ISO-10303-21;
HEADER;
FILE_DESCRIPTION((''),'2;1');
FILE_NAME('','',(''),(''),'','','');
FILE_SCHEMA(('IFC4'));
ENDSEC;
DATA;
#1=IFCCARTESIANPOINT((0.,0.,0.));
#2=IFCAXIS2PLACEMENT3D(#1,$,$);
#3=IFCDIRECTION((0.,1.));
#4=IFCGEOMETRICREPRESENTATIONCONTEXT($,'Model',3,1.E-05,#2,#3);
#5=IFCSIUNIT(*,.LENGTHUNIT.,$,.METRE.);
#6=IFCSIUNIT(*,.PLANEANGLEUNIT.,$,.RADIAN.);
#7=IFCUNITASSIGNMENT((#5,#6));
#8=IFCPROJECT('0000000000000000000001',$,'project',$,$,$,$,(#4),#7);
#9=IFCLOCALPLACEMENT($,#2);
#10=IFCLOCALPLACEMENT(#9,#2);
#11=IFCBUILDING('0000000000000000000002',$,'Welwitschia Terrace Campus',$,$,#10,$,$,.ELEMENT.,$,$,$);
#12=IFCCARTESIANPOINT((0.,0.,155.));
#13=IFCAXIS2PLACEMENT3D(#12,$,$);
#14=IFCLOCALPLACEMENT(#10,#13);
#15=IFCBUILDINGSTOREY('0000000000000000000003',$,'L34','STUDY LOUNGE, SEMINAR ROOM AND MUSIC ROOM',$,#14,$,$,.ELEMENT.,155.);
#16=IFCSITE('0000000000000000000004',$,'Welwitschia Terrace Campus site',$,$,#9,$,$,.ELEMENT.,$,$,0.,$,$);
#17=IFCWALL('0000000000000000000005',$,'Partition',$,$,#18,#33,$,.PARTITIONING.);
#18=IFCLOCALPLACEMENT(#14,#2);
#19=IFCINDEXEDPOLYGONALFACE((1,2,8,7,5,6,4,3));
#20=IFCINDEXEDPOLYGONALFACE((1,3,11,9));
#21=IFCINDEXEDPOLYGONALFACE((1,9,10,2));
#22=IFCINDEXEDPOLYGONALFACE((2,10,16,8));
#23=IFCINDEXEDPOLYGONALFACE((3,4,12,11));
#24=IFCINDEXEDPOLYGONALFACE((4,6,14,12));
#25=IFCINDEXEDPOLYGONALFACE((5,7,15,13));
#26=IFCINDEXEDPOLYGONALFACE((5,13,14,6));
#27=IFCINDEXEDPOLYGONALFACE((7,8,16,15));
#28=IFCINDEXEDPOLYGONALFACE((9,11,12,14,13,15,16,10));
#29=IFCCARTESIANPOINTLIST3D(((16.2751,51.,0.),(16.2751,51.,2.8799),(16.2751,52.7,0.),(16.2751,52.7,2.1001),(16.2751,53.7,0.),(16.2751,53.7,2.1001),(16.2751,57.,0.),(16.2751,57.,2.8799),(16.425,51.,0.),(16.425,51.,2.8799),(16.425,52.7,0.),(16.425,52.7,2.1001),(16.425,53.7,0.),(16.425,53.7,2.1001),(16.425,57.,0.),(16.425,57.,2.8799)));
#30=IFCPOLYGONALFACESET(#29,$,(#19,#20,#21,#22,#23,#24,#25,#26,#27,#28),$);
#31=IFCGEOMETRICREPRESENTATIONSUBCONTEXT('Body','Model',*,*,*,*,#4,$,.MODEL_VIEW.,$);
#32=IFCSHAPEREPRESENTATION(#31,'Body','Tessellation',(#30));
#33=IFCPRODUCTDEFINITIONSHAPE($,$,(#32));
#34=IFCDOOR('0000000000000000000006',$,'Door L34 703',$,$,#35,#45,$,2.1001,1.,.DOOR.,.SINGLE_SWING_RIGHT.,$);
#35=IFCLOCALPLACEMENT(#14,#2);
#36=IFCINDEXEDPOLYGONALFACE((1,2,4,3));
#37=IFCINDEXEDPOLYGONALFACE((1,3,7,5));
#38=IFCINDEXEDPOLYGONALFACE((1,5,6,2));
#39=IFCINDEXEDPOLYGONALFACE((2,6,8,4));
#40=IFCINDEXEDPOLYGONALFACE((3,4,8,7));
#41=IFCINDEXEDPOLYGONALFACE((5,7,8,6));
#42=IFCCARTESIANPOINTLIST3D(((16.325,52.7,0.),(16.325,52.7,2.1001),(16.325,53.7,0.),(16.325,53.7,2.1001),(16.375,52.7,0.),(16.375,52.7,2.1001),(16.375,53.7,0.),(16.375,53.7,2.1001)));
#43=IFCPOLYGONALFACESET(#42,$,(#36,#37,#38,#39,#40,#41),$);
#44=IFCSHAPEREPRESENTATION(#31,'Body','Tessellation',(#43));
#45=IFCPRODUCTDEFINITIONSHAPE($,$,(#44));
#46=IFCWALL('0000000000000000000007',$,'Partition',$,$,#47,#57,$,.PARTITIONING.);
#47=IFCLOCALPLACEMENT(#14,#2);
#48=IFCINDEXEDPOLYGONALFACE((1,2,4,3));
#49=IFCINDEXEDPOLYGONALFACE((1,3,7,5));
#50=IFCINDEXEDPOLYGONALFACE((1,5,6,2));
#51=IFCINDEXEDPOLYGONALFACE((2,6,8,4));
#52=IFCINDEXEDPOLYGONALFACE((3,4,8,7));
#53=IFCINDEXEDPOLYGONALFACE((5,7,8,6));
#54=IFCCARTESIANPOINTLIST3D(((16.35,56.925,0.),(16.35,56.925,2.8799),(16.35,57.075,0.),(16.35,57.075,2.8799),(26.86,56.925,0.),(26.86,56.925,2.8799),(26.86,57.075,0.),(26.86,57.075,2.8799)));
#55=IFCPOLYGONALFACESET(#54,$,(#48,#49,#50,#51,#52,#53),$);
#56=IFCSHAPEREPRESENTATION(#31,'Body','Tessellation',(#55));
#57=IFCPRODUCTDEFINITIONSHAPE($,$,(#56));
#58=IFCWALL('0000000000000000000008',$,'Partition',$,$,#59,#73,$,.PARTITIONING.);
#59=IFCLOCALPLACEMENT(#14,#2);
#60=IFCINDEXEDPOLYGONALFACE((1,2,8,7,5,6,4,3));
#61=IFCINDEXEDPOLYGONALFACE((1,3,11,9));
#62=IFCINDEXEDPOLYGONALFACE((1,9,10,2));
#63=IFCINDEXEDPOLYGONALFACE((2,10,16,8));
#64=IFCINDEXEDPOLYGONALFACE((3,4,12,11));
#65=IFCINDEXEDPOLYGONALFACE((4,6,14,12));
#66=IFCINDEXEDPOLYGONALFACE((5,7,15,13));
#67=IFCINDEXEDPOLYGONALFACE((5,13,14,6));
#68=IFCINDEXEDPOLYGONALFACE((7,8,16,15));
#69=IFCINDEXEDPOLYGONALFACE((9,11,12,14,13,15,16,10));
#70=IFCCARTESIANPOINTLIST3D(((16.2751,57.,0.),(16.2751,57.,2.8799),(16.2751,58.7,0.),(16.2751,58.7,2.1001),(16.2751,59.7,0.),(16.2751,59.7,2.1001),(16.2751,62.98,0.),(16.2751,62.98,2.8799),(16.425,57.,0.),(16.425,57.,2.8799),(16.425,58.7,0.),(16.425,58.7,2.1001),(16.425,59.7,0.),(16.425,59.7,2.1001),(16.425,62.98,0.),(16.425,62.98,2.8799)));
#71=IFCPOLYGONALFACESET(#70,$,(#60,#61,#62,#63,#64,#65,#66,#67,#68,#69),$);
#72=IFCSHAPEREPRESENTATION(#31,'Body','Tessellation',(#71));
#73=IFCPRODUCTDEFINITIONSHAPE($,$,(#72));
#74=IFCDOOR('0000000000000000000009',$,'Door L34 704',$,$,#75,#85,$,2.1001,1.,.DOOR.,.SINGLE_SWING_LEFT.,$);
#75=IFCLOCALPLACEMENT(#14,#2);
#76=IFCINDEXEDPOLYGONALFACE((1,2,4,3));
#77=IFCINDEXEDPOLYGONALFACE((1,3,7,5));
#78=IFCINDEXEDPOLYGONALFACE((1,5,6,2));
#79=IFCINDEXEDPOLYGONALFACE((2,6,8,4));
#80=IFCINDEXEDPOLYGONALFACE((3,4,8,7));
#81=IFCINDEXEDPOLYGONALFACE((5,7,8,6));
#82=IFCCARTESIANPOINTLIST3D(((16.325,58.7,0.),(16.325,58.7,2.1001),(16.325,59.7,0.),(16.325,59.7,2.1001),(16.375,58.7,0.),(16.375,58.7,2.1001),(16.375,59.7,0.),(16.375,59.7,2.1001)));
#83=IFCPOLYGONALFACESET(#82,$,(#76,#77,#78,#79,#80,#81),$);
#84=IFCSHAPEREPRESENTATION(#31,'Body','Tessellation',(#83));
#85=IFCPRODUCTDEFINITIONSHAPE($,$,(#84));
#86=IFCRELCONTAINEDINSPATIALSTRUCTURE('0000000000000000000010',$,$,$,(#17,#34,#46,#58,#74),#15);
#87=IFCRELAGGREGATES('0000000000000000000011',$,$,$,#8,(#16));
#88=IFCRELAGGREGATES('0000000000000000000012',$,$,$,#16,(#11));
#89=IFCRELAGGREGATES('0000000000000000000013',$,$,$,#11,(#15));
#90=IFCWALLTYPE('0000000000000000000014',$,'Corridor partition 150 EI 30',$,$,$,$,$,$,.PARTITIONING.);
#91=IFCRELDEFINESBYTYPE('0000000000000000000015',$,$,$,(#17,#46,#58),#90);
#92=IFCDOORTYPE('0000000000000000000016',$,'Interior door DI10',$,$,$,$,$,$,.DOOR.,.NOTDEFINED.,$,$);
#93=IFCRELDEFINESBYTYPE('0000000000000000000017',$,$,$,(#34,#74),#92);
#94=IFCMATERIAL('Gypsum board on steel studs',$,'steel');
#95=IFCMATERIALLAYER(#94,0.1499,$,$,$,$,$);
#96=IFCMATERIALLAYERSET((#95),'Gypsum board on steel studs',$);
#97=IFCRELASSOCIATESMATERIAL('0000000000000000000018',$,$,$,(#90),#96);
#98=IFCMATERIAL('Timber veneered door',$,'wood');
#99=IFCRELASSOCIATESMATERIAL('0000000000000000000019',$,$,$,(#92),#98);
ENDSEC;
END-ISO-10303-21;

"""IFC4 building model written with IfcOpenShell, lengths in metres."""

from ifc_helpers import new_model, si_unit, direction, frame, frame_2d, origin, place, context, subcontext, project, spatial, rectangle, extrude, material, layer, layer_set, type_object, element, fill, save


model = new_model("IFC4")

# Units and contexts
model_context = context("Model", 3, precision=1e-05, world=origin(), true_north=direction((0.0, 1.0)))
body_context = subcontext(model_context, "Body", "Model", "MODEL_VIEW")
ifc_project = project(units=[si_unit("LENGTHUNIT", "METRE"), si_unit("PLANEANGLEUNIT", "RADIAN")], contexts=[model_context])

# Site, building, storey
site_placement = place(None, origin())
site = spatial("IfcSite", under=ifc_project, at=site_placement, Name="Welwitschia Terrace Campus site", CompositionType="ELEMENT", RefElevation=0.0)
building_placement = place(site_placement, origin())
building = spatial("IfcBuilding", under=site, at=building_placement, Name="Welwitschia Terrace Campus", CompositionType="ELEMENT")
storey_placement = place(building_placement, frame((0.0, 0.0, 155.0)))
storey = spatial("IfcBuildingStorey", under=building, at=storey_placement, Name="L34", Description="STUDY LOUNGE, SEMINAR ROOM AND MUSIC ROOM", CompositionType="ELEMENT", Elevation=155.0)

# Wall, opening, door
ifc_material_1 = material(Name="Gypsum board on steel studs", Category="steel")
ifc_layer_1 = layer(ifc_material_1, 0.1499)
ifc_layer_set_1 = layer_set([ifc_layer_1], Name="Gypsum board on steel studs")
wall_type_1 = type_object("IfcWallType", Name="Corridor partition 150 EI 30", PredefinedType="PARTITIONING", material=ifc_layer_set_1)
wall_1_placement = place(storey_placement, frame((16.3501, 57.0, 0.0), z_axis=(0.0, 0.0, 1.0), x_axis=(0.0, -1.0, 0.0)))
wall_1 = element("IfcWall", 1, at=wall_1_placement, inside=storey, type_object=wall_type_1, Name="Partition", PredefinedType="PARTITIONING", context=body_context, shape_type="SweptSolid", body=[
    extrude(rectangle(XDim=6.0, YDim=0.1499, at=frame_2d((3.0, 0.0))), origin(), (0.0, 0.0, 1.0), 2.8799),
])
opening_1_placement = place(wall_1_placement, frame((3.3, 0.0, 0.0)))
opening_1 = element("IfcOpeningElement", 2, at=opening_1_placement, cuts=wall_1, PredefinedType="OPENING", context=body_context, shape_type="SweptSolid", body=[
    extrude(rectangle(XDim=1.0, YDim=2.1001, at=frame_2d((0.5, 1.05))), frame((0.0, 0.085, 0.0), z_axis=(0.0, -1.0, 0.0), x_axis=(1.0, 0.0, 0.0)), (0.0, 0.0, 1.0), 0.1699),
])
ifc_material_2 = material(Name="Timber veneered door", Category="wood")
door_type_1 = type_object("IfcDoorType", Name="Interior door DI10", OperationType="NOTDEFINED", PredefinedType="DOOR", material=ifc_material_2)
door_1_placement = place(opening_1_placement, origin())
door_1 = element("IfcDoor", 3, at=door_1_placement, inside=storey, type_object=door_type_1, Name="Door L34 703", OperationType="SINGLE_SWING_RIGHT", OverallHeight=2.1001, OverallWidth=1.0, PredefinedType="DOOR", context=body_context, shape_type="SweptSolid", body=[
    extrude(rectangle(XDim=1.0, YDim=2.1001, at=frame_2d((0.5, 1.05))), frame((0.0, 0.0249, 0.0), z_axis=(0.0, -1.0, 0.0), x_axis=(1.0, 0.0, 0.0)), (0.0, 0.0, 1.0), 0.05),
])
fill(opening_1, door_1)

# Wall
wall_2_placement = place(storey_placement, frame((16.3501, 57.0, 0.0), z_axis=(0.0, 0.0, 1.0), x_axis=(1.0, 0.0, 0.0)))
element("IfcWall", 4, at=wall_2_placement, inside=storey, type_object=wall_type_1, Name="Partition", PredefinedType="PARTITIONING", context=body_context, shape_type="SweptSolid", body=[
    extrude(rectangle(XDim=10.51, YDim=0.1499, at=frame_2d((5.2549, 0.0))), origin(), (0.0, 0.0, 1.0), 2.8799),
])

# Wall, opening, door
wall_3_placement = place(storey_placement, frame((16.3501, 62.98, 0.0), z_axis=(0.0, 0.0, 1.0), x_axis=(0.0, -1.0, 0.0)))
wall_3 = element("IfcWall", 5, at=wall_3_placement, inside=storey, type_object=wall_type_1, Name="Partition", PredefinedType="PARTITIONING", context=body_context, shape_type="SweptSolid", body=[
    extrude(rectangle(XDim=5.98, YDim=0.1499, at=frame_2d((2.99, 0.0))), origin(), (0.0, 0.0, 1.0), 2.8799),
])
opening_2_placement = place(wall_3_placement, frame((3.28, 0.0, 0.0)))
opening_2 = element("IfcOpeningElement", 6, at=opening_2_placement, cuts=wall_3, PredefinedType="OPENING", context=body_context, shape_type="SweptSolid", body=[
    extrude(rectangle(XDim=1.0, YDim=2.1001, at=frame_2d((0.5, 1.05))), frame((0.0, 0.085, 0.0), z_axis=(0.0, -1.0, 0.0), x_axis=(1.0, 0.0, 0.0)), (0.0, 0.0, 1.0), 0.1699),
])
door_2_placement = place(opening_2_placement, origin())
door_2 = element("IfcDoor", 7, at=door_2_placement, inside=storey, type_object=door_type_1, Name="Door L34 704", OperationType="SINGLE_SWING_LEFT", OverallHeight=2.1001, OverallWidth=1.0, PredefinedType="DOOR", context=body_context, shape_type="SweptSolid", body=[
    extrude(rectangle(XDim=1.0, YDim=2.1001, at=frame_2d((0.5, 1.05))), frame((0.0, 0.0249, 0.0), z_axis=(0.0, -1.0, 0.0), x_axis=(1.0, 0.0, 0.0)), (0.0, 0.0, 1.0), 0.05),
])
fill(opening_2, door_2)

save(model, "model.ifc")
